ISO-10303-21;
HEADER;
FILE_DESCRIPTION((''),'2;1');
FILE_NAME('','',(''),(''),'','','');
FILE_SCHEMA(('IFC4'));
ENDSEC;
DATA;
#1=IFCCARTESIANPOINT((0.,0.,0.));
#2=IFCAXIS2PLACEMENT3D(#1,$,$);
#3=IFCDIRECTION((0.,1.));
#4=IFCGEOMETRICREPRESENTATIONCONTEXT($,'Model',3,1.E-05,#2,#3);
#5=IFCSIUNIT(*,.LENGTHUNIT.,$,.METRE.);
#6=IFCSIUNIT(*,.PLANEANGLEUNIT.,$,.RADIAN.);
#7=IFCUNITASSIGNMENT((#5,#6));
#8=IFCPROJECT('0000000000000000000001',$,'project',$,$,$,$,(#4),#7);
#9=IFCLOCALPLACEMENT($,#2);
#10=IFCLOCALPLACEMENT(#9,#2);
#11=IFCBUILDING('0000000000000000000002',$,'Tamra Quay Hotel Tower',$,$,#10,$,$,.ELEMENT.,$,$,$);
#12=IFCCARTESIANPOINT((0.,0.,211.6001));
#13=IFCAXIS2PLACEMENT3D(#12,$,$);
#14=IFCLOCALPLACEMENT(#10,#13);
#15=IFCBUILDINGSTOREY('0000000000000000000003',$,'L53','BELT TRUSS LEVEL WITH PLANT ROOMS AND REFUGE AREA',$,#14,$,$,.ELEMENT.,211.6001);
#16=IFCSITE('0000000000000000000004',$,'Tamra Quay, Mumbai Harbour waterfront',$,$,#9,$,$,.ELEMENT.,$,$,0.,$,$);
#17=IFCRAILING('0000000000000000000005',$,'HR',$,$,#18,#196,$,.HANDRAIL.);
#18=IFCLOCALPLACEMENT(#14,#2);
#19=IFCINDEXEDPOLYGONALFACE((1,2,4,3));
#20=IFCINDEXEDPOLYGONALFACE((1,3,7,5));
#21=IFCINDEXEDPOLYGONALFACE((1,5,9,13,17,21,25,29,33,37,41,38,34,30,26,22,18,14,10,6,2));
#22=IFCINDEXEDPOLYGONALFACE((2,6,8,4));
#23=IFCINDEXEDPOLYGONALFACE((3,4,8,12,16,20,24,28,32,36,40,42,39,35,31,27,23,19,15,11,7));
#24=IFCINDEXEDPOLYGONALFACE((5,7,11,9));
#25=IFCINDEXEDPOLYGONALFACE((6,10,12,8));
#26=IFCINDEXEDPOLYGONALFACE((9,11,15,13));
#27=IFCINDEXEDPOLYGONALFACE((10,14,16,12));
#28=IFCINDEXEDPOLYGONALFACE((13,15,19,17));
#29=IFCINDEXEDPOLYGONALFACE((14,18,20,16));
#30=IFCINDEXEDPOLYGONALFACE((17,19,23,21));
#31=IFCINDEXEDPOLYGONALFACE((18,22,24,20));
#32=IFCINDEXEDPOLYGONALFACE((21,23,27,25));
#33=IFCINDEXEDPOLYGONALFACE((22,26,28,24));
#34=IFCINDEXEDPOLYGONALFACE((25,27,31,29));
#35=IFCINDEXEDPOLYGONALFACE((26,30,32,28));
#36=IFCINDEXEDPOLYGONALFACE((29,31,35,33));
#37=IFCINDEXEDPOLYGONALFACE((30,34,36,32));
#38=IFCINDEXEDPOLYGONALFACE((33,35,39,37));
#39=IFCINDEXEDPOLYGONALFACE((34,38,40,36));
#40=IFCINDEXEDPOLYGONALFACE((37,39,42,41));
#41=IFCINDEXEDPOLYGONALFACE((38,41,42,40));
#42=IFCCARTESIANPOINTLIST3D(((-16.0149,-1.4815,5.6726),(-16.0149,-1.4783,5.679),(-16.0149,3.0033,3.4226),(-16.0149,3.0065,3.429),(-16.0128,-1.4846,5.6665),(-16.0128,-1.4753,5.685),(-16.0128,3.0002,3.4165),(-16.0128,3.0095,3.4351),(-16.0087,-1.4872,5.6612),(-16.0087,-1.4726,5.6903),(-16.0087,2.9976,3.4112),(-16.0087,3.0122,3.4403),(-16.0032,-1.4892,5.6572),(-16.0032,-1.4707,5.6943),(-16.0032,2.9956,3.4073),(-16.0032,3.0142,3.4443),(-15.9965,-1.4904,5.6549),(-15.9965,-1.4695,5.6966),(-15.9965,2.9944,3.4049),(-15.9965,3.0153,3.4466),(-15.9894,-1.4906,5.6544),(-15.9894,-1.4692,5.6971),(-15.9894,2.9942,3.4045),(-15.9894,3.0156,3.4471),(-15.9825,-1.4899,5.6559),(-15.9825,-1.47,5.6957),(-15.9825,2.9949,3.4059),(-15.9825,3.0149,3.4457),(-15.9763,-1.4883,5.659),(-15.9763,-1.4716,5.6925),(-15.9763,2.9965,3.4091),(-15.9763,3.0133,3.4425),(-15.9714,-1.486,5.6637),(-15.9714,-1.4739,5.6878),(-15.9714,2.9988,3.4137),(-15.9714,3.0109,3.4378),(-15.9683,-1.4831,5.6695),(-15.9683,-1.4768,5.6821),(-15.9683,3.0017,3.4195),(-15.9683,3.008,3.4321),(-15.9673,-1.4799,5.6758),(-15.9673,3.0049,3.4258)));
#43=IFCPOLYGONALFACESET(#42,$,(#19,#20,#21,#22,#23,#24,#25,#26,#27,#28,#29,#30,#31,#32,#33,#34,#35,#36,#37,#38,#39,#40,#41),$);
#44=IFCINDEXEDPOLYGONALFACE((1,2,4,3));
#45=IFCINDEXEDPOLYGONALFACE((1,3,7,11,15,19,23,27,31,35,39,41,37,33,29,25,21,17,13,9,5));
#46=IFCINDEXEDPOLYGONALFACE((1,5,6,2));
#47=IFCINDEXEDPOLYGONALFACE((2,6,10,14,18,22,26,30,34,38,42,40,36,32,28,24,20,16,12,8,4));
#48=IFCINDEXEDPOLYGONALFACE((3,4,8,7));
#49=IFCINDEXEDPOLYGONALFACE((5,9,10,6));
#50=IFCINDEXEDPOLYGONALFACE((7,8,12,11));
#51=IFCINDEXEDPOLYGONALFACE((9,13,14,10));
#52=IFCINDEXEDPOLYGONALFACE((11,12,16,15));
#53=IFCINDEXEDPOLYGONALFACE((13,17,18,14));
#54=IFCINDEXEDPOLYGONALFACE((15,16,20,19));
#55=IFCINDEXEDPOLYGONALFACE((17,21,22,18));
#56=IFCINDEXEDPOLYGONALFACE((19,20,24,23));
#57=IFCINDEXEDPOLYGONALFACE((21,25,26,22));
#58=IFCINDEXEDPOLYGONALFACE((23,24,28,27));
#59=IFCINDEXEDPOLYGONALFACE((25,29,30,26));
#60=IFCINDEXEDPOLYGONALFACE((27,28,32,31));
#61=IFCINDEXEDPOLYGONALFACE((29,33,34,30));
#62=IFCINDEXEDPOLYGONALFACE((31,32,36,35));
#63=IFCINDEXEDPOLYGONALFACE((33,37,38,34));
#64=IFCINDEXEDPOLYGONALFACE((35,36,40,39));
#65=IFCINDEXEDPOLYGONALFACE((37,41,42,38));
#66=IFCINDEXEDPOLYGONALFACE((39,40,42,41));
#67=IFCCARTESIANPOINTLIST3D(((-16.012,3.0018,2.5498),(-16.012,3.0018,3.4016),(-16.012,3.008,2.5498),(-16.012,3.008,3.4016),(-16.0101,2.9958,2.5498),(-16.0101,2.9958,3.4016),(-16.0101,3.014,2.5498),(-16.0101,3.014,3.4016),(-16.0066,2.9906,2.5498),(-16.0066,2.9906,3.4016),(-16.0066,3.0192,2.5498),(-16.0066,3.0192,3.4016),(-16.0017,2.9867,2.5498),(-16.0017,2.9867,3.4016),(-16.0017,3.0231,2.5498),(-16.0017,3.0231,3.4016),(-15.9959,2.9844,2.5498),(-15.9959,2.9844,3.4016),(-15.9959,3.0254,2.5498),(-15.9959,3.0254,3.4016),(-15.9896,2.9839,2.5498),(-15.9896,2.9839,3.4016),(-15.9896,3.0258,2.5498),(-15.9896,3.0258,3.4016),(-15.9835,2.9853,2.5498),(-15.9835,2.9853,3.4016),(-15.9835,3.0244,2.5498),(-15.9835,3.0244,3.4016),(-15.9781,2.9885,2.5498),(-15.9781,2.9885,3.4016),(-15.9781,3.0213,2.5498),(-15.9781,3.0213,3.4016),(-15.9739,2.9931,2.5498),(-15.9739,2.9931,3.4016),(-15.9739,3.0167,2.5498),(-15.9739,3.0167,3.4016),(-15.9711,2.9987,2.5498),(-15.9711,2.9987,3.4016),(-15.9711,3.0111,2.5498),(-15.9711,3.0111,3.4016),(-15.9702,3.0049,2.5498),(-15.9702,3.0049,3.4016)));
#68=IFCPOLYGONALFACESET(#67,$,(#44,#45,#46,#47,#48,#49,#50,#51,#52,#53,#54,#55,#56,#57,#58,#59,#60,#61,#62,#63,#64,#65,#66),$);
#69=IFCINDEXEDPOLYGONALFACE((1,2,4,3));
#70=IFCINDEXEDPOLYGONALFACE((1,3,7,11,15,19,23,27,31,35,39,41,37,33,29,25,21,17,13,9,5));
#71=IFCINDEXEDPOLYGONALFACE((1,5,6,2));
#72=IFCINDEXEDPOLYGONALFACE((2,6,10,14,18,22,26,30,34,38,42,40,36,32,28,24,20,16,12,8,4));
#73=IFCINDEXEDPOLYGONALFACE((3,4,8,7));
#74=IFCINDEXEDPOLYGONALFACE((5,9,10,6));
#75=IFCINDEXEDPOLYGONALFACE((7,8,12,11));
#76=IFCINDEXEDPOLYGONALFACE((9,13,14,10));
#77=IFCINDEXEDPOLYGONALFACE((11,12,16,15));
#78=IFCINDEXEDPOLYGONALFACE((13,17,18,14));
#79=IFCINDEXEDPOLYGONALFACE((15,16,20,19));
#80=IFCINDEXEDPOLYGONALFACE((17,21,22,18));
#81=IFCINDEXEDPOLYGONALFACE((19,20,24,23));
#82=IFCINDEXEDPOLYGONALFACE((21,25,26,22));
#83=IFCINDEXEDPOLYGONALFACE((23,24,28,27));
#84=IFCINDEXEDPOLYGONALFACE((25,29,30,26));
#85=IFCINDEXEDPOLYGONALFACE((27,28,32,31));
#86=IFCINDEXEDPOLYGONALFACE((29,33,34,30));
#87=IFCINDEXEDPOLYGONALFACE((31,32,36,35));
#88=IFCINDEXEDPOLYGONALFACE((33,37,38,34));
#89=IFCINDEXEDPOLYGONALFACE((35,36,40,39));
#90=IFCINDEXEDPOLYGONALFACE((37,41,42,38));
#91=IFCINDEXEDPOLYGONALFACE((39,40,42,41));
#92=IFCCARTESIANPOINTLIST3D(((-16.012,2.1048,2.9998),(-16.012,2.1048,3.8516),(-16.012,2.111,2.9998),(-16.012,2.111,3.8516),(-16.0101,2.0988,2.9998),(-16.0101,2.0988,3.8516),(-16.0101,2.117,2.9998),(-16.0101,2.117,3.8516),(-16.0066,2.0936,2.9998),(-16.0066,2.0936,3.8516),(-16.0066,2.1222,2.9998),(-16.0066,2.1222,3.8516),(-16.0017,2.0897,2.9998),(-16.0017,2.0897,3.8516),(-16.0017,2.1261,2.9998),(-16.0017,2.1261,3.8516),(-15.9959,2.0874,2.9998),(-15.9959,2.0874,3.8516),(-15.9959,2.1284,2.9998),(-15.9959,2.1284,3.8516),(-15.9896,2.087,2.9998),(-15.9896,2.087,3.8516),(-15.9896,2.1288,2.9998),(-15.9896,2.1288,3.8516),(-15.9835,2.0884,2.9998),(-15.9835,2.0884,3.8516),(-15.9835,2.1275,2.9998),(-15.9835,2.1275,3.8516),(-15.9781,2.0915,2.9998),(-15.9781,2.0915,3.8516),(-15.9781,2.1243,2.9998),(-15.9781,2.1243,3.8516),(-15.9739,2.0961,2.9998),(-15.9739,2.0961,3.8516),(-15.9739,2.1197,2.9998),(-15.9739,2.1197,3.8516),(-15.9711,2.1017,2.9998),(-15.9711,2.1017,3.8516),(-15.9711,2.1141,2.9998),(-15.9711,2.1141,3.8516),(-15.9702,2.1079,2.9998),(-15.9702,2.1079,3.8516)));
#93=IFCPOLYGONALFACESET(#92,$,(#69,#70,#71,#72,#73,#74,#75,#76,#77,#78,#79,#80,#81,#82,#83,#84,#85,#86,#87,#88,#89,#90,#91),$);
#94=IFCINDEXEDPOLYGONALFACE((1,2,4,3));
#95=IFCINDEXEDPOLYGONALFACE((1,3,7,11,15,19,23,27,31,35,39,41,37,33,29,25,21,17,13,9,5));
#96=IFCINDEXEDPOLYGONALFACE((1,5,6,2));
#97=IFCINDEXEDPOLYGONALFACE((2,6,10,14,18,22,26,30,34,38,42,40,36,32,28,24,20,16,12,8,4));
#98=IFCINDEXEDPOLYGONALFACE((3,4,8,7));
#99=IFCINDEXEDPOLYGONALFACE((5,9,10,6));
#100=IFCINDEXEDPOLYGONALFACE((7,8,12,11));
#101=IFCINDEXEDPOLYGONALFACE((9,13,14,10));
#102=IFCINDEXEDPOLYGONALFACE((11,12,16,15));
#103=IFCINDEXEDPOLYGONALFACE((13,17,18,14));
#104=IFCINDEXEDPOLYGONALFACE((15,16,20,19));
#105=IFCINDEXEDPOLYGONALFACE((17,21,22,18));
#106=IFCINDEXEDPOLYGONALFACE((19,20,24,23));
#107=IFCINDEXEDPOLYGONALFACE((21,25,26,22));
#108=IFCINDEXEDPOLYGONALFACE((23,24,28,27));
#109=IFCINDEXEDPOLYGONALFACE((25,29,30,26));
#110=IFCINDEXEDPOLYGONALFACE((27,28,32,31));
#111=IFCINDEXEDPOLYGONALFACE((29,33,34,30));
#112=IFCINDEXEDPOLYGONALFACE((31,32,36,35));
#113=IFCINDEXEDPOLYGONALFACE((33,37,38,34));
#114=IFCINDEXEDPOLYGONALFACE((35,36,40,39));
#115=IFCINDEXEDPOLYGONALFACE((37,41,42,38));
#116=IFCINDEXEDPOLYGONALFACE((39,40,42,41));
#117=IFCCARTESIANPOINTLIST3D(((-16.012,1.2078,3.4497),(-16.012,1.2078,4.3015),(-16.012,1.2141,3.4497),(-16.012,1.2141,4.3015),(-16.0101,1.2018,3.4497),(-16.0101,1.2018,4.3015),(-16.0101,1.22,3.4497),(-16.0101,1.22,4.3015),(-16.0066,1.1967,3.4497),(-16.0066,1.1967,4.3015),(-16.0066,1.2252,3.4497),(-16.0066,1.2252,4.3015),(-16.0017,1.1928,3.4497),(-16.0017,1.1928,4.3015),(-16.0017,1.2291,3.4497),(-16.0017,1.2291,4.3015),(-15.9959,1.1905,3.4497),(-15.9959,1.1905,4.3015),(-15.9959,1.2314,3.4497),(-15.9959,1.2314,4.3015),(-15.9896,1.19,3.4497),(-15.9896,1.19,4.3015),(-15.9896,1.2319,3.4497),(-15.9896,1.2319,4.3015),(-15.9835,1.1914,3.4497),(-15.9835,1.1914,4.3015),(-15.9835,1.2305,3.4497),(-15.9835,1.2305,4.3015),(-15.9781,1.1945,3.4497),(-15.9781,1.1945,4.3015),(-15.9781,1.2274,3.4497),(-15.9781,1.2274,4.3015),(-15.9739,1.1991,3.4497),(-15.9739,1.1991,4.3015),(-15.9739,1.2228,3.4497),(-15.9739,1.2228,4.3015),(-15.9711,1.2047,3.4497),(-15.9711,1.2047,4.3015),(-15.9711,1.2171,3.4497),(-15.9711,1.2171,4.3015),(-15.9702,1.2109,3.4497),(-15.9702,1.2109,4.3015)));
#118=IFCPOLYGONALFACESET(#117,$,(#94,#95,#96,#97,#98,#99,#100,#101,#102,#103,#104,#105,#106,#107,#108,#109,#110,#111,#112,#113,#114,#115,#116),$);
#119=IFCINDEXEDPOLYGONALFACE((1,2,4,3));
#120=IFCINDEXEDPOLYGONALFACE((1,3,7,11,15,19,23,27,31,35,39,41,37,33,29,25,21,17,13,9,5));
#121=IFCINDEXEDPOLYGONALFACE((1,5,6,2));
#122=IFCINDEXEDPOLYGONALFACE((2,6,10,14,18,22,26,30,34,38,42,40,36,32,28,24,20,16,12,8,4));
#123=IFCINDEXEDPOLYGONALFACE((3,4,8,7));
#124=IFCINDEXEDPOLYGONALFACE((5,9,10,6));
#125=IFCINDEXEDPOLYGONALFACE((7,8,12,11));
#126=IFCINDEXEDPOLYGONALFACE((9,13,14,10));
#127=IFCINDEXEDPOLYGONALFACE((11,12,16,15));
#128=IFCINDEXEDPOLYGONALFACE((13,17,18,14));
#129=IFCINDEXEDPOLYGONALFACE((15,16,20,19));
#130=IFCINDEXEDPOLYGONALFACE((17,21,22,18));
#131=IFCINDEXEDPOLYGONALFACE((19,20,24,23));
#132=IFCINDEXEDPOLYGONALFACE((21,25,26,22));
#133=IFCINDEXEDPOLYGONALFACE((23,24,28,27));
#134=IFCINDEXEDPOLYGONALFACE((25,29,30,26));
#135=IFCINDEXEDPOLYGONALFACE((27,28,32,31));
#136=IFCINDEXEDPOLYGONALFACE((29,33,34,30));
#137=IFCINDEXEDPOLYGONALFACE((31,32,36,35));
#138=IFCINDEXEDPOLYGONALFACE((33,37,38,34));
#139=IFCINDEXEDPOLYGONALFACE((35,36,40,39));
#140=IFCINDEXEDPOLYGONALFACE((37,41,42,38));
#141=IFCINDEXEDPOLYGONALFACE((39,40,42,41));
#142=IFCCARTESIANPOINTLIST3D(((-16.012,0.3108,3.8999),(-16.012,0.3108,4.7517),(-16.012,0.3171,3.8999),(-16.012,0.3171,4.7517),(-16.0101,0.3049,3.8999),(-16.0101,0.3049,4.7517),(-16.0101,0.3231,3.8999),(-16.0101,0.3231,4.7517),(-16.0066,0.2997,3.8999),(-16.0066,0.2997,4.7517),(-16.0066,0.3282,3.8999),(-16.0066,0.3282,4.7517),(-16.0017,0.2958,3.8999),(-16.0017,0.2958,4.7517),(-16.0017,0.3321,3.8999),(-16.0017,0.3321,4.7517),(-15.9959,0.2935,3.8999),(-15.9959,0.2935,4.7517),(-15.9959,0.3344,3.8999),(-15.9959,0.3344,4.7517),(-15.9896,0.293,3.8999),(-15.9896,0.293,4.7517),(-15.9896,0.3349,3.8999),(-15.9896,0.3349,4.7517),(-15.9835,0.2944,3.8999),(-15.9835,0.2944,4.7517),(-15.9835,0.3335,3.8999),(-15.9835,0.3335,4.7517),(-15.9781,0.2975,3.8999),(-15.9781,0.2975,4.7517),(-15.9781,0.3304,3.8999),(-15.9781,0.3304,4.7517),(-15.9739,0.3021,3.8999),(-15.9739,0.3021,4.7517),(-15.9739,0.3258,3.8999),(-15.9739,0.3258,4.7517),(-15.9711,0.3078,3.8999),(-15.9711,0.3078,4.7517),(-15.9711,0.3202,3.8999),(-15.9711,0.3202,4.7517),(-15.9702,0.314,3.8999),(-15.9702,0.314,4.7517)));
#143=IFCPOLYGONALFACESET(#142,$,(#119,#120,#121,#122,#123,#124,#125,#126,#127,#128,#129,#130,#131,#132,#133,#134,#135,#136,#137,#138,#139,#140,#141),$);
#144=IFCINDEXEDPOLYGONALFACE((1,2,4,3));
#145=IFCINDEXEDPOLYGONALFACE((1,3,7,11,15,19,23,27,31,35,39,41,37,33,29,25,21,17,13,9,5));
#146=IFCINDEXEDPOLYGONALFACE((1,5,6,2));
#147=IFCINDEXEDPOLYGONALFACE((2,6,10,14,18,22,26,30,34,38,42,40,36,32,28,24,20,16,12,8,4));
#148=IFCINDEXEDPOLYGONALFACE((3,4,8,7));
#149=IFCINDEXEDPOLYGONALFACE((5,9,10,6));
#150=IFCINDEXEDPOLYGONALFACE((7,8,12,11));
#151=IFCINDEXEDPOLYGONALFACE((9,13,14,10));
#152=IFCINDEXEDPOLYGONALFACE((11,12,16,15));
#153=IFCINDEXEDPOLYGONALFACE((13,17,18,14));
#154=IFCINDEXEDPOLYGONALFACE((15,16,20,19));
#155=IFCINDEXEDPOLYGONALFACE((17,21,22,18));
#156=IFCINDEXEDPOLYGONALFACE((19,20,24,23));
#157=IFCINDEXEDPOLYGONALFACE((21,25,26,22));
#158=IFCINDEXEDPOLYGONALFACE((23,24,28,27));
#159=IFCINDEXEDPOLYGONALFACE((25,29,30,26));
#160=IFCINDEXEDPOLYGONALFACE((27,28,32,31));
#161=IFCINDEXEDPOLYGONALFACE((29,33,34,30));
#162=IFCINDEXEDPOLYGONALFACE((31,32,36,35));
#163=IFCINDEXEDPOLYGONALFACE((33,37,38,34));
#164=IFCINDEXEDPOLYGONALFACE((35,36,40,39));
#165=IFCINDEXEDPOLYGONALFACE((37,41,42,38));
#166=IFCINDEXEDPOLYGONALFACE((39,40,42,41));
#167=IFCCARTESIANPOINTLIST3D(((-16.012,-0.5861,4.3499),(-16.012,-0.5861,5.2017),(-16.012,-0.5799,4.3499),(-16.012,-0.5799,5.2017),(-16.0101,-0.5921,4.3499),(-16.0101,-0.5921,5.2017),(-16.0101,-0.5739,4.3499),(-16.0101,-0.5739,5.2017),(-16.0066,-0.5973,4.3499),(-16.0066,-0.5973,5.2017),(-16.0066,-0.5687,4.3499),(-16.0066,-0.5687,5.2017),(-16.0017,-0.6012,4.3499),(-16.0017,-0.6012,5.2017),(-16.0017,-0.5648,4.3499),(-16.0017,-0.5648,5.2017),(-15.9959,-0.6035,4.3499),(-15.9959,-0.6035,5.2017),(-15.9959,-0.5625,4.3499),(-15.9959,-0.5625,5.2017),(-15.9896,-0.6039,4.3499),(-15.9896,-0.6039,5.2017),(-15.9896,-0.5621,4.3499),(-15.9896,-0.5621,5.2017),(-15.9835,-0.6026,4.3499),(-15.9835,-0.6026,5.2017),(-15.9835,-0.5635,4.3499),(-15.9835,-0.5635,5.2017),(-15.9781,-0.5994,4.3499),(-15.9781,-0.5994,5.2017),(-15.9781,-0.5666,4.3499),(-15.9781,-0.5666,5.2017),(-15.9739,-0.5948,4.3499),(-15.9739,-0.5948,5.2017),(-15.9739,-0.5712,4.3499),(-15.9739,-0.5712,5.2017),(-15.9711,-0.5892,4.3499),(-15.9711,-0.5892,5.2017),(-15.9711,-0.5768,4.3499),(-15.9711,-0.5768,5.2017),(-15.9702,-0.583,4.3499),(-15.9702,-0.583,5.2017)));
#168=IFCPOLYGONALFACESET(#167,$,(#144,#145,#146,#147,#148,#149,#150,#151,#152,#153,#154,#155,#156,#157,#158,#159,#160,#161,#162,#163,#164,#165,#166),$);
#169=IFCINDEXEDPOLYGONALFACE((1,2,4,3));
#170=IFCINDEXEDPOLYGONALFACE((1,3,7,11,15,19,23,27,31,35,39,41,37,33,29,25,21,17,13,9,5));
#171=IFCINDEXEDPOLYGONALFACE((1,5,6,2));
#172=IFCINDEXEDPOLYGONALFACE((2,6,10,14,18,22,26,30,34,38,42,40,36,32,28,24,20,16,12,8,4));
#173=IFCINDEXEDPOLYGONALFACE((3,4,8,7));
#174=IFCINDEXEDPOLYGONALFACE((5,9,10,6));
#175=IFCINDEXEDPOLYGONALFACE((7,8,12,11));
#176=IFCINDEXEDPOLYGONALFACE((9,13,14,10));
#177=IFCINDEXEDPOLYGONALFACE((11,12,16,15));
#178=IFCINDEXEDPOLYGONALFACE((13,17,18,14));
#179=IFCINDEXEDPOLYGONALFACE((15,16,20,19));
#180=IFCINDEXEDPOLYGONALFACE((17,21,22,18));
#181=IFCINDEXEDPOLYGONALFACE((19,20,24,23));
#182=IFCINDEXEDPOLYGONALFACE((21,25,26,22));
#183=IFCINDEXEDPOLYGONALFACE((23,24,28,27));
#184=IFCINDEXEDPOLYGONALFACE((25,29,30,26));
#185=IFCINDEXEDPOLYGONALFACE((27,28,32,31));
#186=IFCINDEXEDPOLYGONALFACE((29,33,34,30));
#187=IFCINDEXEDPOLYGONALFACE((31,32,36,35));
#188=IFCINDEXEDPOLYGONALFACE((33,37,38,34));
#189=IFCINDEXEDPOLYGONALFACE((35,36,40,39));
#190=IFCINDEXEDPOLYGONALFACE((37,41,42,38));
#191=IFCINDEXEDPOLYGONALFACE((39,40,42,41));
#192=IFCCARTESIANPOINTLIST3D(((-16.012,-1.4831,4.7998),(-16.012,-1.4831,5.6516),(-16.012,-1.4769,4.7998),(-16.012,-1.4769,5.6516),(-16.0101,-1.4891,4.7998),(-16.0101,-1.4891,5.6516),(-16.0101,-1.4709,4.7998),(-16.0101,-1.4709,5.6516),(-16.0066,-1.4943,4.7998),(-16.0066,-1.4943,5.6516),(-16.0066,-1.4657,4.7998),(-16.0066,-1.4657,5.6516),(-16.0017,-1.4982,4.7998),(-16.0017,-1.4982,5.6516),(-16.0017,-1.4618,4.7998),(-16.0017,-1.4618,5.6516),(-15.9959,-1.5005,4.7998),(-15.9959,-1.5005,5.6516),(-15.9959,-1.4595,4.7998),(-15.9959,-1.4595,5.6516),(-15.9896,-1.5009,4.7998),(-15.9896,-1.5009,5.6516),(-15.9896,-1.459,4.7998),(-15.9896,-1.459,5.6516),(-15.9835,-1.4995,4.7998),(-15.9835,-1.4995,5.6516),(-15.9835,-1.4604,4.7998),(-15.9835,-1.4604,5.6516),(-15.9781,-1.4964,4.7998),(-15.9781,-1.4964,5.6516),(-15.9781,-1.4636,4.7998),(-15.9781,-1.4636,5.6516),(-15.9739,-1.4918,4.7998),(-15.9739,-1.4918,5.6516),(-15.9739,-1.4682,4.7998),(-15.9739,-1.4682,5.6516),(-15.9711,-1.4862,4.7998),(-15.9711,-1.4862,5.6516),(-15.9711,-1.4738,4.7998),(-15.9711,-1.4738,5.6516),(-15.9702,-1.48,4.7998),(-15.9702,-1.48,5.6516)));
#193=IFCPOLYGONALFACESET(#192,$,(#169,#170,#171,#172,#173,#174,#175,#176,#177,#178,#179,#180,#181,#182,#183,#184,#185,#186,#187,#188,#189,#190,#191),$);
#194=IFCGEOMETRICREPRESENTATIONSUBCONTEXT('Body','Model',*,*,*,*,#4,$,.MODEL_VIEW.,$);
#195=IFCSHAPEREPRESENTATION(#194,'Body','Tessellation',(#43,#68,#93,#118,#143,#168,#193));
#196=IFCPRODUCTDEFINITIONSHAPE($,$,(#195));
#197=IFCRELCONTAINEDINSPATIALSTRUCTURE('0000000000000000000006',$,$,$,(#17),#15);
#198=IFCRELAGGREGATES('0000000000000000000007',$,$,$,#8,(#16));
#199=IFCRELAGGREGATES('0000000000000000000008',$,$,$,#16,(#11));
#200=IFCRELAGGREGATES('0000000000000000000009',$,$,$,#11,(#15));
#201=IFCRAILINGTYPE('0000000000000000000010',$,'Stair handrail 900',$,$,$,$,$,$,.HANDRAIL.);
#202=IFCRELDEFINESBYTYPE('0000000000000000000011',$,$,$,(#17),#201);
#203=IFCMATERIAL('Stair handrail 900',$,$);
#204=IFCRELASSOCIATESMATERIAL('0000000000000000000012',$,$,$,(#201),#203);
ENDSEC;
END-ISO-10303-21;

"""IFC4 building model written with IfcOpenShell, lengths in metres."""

from ifc_helpers import new_model, si_unit, direction, frame, origin, origin_2d, place, context, subcontext, project, spatial, circle, extrude, material, type_object, element, save


model = new_model("IFC4")

# Units and contexts
model_context = context("Model", 3, precision=1e-05, world=origin(), true_north=direction((0.0, 1.0)))
body_context = subcontext(model_context, "Body", "Model", "MODEL_VIEW")
ifc_project = project(units=[si_unit("LENGTHUNIT", "METRE"), si_unit("PLANEANGLEUNIT", "RADIAN")], contexts=[model_context])

# Site, building, storey
site_placement = place(None, origin())
site = spatial("IfcSite", under=ifc_project, at=site_placement, Name="Tamra Quay, Mumbai Harbour waterfront", CompositionType="ELEMENT", RefElevation=0.0)
building_placement = place(site_placement, origin())
building = spatial("IfcBuilding", under=site, at=building_placement, Name="Tamra Quay Hotel Tower", CompositionType="ELEMENT")
storey_placement = place(building_placement, frame((0.0, 0.0, 211.6001)))
storey = spatial("IfcBuildingStorey", under=building, at=storey_placement, Name="L53", Description="BELT TRUSS LEVEL WITH PLANT ROOMS AND REFUGE AREA", CompositionType="ELEMENT", Elevation=211.6001)

# Railing
ifc_material_1 = material(Name="Stair handrail 900")
railing_type = type_object("IfcRailingType", Name="Stair handrail 900", PredefinedType="HANDRAIL", material=ifc_material_1)
railing_placement = place(storey_placement, frame((-15.9912, 3.0049, 2.5498)))
element("IfcRailing", 1, at=railing_placement, inside=storey, type_object=railing_type, Name="HR", PredefinedType="HANDRAIL", context=body_context, shape_type="SweptSolid", body=[
    extrude(circle(Radius=0.0239, at=origin_2d()), frame((0.0, 0.0, 0.876), z_axis=(0.0, -0.893823, 0.44842), x_axis=(1.0, 0.0, 0.0)), (0.0, 0.0, 1.0), 5.0176),
    extrude(circle(Radius=0.021, at=origin_2d()), origin(), (0.0, 0.0, 1.0), 0.8518),
    extrude(circle(Radius=0.021, at=origin_2d()), frame((0.0, -0.897, 0.45)), (0.0, 0.0, 1.0), 0.8518),
    extrude(circle(Radius=0.021, at=origin_2d()), frame((0.0, -1.7939, 0.8999)), (0.0, 0.0, 1.0), 0.8518),
    extrude(circle(Radius=0.021, at=origin_2d()), frame((0.0, -2.6909, 1.3501)), (0.0, 0.0, 1.0), 0.8518),
    extrude(circle(Radius=0.021, at=origin_2d()), frame((0.0, -3.5879, 1.8)), (0.0, 0.0, 1.0), 0.8518),
    extrude(circle(Radius=0.021, at=origin_2d()), frame((0.0, -4.4849, 2.25)), (0.0, 0.0, 1.0), 0.8518),
])

save(model, "model.ifc")
